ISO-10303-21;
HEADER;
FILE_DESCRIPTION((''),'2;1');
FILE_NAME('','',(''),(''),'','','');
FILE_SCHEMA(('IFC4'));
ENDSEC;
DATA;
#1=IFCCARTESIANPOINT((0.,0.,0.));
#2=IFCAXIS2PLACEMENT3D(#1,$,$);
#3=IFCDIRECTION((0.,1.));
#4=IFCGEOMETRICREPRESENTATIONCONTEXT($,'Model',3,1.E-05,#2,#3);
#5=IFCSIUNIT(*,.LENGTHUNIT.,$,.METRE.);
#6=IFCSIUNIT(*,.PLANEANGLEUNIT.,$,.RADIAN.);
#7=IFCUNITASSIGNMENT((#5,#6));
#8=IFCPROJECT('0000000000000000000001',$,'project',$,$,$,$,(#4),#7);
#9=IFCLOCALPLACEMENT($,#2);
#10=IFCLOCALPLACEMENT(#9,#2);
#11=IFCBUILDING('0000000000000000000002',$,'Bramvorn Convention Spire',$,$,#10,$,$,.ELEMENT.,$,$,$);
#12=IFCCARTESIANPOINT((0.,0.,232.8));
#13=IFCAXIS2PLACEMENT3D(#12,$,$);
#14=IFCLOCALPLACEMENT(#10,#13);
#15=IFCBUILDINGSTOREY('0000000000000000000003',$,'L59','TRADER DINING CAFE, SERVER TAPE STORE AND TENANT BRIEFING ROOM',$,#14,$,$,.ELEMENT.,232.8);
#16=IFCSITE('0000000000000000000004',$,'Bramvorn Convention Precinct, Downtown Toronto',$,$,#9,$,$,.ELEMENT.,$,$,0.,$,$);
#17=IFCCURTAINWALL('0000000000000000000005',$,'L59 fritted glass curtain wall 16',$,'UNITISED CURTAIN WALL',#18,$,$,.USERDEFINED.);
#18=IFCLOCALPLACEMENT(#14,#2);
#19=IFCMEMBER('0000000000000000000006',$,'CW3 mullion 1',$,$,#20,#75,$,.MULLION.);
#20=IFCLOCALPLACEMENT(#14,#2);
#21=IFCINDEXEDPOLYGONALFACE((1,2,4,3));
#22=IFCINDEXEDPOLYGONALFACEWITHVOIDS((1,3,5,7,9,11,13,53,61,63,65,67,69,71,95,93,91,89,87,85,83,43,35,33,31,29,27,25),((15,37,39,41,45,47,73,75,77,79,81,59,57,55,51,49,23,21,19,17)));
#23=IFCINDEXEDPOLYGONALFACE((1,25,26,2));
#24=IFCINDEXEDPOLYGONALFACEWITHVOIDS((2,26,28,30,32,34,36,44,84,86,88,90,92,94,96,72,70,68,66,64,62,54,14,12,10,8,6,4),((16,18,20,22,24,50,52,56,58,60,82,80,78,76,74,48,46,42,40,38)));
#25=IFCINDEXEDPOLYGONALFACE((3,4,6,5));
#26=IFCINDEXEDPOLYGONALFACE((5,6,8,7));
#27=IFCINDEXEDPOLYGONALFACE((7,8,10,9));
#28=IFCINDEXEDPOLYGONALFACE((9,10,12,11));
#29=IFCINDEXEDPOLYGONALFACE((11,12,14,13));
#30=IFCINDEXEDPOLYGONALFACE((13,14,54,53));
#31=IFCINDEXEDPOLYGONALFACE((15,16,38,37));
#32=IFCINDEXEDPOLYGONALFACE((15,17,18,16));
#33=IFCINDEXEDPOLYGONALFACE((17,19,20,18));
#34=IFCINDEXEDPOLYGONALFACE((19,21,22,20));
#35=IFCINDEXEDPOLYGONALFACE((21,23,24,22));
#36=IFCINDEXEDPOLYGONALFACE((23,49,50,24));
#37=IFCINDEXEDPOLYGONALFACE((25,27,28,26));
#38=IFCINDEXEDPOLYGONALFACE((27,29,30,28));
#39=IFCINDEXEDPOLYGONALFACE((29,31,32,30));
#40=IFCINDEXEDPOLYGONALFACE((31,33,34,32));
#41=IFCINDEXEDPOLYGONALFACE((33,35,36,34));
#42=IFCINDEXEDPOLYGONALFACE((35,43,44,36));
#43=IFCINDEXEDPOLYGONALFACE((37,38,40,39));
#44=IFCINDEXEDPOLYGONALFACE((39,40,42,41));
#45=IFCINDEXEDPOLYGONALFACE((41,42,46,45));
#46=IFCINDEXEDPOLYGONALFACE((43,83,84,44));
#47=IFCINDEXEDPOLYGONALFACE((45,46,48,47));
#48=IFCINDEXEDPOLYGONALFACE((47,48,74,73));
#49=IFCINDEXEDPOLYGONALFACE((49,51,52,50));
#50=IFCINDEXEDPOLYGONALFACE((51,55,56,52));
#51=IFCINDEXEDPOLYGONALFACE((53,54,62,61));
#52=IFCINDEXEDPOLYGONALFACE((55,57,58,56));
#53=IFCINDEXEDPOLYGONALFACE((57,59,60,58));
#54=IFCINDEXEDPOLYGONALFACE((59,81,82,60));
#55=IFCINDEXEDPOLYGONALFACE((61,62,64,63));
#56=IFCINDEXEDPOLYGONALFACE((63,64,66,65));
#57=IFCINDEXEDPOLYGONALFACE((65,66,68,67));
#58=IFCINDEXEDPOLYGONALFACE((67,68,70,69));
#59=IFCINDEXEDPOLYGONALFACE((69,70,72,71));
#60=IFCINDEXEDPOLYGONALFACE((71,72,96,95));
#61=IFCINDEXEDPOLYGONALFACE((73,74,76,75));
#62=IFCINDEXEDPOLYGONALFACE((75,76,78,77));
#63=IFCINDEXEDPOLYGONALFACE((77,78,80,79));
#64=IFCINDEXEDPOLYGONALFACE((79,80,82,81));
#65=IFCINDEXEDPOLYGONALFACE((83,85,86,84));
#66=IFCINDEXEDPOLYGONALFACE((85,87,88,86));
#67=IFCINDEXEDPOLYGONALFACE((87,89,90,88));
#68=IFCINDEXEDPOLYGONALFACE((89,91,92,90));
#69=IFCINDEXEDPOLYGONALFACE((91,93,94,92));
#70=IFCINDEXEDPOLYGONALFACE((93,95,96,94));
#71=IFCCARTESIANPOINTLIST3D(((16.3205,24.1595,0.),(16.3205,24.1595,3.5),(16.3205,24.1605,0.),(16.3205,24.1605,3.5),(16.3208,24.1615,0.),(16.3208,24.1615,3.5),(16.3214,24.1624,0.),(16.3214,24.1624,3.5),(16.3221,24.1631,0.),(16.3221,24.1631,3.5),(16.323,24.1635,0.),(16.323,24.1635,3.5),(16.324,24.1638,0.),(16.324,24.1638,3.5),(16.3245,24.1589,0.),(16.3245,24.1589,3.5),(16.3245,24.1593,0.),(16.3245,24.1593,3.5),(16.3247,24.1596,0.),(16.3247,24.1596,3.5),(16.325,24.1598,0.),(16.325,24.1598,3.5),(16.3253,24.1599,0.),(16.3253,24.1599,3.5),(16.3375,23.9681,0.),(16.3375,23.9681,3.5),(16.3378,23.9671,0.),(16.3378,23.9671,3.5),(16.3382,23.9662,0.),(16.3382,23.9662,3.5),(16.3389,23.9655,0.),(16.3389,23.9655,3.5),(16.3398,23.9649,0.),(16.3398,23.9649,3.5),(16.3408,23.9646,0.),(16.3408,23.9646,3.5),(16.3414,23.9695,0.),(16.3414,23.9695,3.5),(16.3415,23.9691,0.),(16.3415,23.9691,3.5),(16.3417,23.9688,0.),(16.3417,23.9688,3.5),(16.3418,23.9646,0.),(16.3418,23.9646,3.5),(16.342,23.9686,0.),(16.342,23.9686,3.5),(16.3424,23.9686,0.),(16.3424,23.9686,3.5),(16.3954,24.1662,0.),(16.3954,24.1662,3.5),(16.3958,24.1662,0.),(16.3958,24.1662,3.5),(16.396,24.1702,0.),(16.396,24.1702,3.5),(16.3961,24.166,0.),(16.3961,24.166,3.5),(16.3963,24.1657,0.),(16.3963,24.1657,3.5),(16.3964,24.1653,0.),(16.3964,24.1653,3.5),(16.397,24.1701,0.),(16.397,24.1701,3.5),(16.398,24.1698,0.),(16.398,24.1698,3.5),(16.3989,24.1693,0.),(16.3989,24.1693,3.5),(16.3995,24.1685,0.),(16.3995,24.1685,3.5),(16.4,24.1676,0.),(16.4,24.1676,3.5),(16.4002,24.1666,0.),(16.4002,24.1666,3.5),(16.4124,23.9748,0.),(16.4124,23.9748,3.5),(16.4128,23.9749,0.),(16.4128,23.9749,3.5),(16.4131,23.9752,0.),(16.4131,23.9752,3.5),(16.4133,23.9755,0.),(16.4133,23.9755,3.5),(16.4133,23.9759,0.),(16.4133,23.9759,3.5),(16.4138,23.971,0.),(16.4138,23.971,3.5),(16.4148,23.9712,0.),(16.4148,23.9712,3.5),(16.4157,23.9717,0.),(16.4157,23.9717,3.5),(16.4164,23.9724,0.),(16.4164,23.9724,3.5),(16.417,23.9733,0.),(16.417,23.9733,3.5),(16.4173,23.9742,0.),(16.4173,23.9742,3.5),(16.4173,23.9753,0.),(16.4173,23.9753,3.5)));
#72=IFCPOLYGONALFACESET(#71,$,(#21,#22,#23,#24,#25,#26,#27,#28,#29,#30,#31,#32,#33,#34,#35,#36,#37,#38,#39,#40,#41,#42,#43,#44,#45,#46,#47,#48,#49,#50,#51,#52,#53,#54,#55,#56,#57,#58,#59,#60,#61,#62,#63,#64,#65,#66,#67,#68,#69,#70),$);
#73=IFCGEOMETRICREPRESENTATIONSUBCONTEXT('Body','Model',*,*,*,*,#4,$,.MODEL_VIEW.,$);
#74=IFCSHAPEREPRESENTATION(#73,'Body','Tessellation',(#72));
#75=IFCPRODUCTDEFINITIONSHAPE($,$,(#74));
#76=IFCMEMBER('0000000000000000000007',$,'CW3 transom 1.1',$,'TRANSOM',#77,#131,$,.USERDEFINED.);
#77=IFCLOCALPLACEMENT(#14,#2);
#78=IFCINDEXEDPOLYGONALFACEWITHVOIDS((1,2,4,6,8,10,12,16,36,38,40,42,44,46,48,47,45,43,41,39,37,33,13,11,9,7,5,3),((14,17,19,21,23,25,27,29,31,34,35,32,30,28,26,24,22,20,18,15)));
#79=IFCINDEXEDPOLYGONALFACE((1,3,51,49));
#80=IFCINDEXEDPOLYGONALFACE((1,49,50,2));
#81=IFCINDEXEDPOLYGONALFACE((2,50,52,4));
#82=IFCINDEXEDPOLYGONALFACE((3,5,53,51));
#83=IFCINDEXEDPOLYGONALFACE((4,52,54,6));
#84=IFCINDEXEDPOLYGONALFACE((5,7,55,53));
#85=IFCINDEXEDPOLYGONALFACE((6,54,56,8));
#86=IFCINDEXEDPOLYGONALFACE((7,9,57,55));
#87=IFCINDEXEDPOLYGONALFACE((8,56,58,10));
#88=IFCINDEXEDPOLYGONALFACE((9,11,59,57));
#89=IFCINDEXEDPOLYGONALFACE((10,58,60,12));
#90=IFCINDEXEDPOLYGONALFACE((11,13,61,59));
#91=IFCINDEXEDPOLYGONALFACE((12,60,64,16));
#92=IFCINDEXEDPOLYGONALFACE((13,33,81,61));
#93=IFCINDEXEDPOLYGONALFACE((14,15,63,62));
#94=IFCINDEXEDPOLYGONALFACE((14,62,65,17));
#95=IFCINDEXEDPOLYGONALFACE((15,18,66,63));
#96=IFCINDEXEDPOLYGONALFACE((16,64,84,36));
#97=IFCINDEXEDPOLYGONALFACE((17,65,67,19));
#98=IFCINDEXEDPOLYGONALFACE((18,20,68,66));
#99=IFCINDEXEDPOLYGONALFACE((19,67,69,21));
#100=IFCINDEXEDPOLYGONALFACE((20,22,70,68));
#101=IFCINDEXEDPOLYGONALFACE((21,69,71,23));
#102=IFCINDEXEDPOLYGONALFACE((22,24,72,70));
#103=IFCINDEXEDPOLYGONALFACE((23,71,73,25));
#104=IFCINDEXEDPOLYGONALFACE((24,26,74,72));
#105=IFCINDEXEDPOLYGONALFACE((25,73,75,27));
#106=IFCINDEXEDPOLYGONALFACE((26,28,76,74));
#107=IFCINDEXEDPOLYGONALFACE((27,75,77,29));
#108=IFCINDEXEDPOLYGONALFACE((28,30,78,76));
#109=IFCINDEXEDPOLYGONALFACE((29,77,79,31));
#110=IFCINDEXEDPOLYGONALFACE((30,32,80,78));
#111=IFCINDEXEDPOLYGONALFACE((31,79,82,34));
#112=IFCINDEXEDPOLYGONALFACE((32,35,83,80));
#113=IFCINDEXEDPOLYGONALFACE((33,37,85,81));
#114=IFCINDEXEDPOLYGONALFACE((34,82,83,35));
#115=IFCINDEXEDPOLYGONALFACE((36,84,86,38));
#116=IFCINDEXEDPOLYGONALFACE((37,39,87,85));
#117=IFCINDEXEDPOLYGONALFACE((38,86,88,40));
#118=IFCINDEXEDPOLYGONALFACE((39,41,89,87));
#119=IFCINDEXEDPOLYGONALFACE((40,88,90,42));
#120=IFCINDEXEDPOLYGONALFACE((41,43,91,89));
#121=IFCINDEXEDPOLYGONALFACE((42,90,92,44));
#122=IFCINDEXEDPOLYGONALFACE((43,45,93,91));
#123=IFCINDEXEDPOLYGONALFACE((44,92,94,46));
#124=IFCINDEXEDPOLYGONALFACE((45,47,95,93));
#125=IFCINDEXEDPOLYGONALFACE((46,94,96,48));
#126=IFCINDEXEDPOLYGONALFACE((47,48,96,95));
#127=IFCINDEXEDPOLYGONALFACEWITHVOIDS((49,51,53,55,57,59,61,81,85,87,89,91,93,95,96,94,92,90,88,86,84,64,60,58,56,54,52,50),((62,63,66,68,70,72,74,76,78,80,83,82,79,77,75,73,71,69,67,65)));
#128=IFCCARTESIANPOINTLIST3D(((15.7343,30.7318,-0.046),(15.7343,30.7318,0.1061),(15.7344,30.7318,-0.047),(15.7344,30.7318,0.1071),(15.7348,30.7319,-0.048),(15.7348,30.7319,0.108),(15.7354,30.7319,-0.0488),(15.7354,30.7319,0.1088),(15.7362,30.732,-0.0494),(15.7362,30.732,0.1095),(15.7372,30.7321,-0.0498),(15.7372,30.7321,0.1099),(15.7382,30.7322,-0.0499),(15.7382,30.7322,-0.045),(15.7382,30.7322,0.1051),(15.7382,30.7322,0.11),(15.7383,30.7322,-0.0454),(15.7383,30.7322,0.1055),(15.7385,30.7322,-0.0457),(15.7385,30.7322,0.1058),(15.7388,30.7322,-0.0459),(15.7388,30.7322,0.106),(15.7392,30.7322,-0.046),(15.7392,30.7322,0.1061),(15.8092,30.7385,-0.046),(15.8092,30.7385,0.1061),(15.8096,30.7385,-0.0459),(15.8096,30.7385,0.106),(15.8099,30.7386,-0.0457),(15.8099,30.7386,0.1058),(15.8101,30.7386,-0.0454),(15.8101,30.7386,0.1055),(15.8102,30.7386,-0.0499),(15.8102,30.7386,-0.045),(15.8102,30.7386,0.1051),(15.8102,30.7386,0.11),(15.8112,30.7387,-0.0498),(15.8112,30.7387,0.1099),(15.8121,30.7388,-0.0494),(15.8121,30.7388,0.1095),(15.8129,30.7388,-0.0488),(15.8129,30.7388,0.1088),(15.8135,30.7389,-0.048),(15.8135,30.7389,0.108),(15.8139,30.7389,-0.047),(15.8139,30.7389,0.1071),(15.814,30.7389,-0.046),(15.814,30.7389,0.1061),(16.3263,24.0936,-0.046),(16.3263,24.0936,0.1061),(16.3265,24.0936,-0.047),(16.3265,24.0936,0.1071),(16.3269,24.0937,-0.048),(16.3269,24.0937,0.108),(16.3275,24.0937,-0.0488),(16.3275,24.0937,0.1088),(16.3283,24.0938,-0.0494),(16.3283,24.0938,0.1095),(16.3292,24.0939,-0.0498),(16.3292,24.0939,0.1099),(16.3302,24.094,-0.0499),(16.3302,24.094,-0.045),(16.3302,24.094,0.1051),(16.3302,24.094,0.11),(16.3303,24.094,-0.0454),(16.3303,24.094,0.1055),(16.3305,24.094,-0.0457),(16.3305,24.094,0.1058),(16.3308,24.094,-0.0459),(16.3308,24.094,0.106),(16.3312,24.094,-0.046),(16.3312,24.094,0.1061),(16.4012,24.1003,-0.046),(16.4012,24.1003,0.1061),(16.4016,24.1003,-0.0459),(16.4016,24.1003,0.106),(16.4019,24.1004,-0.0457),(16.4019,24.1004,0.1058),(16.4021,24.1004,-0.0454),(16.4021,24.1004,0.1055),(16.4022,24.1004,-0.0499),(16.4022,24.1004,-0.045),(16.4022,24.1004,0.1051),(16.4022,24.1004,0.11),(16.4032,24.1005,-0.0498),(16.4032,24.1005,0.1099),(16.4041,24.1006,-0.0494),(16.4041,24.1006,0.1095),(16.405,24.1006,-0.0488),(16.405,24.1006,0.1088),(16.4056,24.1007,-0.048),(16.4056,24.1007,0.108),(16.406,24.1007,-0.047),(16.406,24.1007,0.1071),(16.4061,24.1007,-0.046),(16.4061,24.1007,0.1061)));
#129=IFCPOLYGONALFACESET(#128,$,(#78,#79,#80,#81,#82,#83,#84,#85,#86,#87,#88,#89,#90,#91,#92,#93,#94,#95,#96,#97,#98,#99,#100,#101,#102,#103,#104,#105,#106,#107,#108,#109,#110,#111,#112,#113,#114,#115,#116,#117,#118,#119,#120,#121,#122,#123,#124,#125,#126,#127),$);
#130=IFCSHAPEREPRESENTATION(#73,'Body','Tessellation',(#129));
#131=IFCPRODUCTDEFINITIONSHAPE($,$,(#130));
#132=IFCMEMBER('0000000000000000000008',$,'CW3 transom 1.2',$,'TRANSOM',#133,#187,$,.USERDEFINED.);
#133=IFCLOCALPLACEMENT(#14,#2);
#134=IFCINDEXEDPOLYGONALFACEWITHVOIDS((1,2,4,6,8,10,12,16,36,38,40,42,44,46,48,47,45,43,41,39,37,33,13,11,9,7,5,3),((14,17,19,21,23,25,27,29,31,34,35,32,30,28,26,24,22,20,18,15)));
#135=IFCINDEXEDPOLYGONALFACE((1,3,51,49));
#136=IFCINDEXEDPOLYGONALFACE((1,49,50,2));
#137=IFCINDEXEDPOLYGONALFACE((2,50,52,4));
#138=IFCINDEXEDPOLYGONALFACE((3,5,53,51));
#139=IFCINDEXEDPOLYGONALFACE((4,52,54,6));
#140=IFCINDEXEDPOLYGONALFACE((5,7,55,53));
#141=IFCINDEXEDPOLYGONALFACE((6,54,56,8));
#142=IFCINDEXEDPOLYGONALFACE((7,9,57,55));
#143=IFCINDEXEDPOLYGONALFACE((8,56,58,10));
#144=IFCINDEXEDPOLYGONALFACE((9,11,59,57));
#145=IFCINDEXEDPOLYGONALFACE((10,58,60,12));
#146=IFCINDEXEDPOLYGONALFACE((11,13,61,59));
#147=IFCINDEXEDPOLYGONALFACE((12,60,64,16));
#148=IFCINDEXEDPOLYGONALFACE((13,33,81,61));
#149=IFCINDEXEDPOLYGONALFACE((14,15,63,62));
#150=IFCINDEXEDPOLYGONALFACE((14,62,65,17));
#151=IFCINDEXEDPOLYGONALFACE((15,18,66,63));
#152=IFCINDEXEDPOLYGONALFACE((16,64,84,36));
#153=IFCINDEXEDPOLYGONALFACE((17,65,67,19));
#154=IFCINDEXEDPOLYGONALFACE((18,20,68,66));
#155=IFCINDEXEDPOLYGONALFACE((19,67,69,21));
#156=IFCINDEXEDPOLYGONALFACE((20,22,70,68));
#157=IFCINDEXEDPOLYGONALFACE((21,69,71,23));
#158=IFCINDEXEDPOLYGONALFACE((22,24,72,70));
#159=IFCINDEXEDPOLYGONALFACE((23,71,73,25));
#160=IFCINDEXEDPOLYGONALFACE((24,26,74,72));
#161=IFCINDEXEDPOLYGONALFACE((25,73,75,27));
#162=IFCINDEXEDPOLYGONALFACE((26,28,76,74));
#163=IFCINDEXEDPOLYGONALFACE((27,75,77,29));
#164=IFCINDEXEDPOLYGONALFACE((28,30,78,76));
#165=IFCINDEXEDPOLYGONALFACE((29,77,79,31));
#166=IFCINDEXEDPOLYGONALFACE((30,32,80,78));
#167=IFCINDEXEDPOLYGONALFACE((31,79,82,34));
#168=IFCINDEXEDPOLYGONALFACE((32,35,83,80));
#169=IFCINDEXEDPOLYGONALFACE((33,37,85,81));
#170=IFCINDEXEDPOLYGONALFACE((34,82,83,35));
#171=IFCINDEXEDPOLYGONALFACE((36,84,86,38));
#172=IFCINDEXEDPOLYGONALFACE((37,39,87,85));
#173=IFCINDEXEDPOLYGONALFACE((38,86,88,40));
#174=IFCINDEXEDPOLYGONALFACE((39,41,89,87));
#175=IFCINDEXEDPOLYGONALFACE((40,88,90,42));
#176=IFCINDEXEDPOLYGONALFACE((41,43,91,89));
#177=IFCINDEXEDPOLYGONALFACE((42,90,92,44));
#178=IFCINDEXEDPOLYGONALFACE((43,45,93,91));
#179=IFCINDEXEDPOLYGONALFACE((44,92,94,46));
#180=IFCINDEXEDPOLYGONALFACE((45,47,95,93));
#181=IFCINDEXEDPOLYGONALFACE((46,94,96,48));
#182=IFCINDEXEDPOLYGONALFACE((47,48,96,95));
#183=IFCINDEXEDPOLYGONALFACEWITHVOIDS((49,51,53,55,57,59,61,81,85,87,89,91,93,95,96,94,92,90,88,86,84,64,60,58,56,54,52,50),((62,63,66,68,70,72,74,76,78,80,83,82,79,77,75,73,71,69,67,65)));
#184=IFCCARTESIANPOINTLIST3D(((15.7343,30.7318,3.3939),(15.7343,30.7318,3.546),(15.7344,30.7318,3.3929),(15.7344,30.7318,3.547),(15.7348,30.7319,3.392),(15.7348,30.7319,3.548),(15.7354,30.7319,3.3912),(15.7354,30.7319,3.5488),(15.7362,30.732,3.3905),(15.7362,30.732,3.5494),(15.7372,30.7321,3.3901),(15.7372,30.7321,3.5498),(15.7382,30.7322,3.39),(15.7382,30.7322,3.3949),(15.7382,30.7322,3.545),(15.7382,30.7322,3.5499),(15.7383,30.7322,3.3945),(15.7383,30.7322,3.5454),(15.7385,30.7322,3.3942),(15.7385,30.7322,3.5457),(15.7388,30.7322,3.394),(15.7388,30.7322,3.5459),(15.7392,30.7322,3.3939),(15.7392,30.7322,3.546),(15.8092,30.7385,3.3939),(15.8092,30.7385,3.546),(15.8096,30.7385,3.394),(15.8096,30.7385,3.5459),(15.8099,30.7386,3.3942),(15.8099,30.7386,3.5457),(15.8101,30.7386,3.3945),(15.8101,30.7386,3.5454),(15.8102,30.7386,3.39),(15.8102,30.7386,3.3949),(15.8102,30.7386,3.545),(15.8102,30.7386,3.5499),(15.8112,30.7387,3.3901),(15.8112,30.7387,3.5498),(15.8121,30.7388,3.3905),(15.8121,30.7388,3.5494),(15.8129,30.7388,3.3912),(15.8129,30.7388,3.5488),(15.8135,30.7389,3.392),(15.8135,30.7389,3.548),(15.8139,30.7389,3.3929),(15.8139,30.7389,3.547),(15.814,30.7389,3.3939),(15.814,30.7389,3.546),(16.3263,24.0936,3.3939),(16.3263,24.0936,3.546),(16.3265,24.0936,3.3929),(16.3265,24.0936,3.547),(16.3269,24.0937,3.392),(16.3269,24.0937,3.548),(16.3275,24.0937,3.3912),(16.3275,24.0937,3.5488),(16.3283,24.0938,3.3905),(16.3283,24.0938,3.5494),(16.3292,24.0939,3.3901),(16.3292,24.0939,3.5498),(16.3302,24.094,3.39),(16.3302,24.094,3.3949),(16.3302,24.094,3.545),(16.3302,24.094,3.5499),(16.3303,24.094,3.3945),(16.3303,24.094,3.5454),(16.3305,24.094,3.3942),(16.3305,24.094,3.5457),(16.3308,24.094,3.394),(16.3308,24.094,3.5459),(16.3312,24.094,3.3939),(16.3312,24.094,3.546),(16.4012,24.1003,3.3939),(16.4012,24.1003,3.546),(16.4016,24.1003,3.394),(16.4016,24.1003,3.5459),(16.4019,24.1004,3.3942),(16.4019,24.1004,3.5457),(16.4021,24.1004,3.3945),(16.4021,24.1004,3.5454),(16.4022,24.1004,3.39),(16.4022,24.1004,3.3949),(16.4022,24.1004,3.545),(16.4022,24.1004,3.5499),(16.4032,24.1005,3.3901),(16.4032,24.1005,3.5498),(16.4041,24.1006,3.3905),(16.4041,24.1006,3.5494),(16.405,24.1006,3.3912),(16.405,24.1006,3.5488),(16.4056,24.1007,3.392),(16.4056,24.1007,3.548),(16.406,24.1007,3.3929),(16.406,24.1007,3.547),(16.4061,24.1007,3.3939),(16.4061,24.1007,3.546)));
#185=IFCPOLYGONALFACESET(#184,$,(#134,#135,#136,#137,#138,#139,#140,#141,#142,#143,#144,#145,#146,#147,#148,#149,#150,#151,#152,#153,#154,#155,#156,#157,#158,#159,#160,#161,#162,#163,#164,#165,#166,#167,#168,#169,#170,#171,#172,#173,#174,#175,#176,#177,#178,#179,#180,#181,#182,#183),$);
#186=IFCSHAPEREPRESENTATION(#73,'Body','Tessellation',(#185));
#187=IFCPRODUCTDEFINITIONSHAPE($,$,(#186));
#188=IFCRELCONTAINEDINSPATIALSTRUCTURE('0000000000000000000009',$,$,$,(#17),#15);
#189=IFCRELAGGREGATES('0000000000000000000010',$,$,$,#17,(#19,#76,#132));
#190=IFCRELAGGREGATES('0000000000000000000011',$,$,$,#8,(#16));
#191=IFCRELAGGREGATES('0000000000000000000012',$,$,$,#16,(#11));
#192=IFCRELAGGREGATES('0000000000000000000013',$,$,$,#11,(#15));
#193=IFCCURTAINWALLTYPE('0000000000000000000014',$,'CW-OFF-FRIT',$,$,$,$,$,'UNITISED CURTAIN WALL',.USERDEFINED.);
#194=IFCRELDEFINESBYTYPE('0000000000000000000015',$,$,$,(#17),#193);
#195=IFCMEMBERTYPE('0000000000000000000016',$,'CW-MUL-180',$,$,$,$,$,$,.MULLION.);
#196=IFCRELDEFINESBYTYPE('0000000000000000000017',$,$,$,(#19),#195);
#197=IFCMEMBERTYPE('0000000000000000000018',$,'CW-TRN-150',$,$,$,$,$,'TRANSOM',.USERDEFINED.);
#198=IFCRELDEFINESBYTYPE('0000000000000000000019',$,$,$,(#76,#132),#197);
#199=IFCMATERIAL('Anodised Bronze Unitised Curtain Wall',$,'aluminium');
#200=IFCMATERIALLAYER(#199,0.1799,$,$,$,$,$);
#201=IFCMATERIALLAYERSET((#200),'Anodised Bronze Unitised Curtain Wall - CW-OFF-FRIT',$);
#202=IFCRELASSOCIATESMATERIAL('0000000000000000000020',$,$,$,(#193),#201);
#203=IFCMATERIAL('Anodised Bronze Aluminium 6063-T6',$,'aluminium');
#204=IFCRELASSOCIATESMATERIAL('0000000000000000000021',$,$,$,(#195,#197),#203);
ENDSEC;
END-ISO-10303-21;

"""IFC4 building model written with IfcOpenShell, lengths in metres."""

from ifc_helpers import new_model, si_unit, direction, frame, origin, origin_2d, place, context, subcontext, project, spatial, hollow_rectangle, extrude, material, layer, layer_set, material_profile, profile_set, type_object, element, aggregate, save


model = new_model("IFC4")

# Units and contexts
model_context = context("Model", 3, precision=1e-05, world=origin(), true_north=direction((0.0, 1.0)))
body_context = subcontext(model_context, "Body", "Model", "MODEL_VIEW")
ifc_project = project(units=[si_unit("LENGTHUNIT", "METRE"), si_unit("PLANEANGLEUNIT", "RADIAN")], contexts=[model_context])

# Site, building, storey
site_placement = place(None, origin())
site = spatial("IfcSite", under=ifc_project, at=site_placement, Name="Bramvorn Convention Precinct, Downtown Toronto", CompositionType="ELEMENT", RefElevation=0.0)
building_placement = place(site_placement, origin())
building = spatial("IfcBuilding", under=site, at=building_placement, Name="Bramvorn Convention Spire", CompositionType="ELEMENT")
storey_placement = place(building_placement, frame((0.0, 0.0, 232.8)))
storey = spatial("IfcBuildingStorey", under=building, at=storey_placement, Name="L59", Description="TRADER DINING CAFE, SERVER TAPE STORE AND TENANT BRIEFING ROOM", CompositionType="ELEMENT", Elevation=232.8)

# Curtain wall, members
ifc_material_1 = material(Name="Anodised Bronze Unitised Curtain Wall", Category="aluminium")
ifc_layer_1 = layer(ifc_material_1, 0.1799)
ifc_layer_set_1 = layer_set([ifc_layer_1], Name="Anodised Bronze Unitised Curtain Wall - CW-OFF-FRIT")
curtain_wall_type = type_object("IfcCurtainWallType", Name="CW-OFF-FRIT", ElementType="UNITISED CURTAIN WALL", PredefinedType="USERDEFINED", material=ifc_layer_set_1)
curtain_wall_placement = place(storey_placement, origin())
curtain_wall = element("IfcCurtainWall", 1, at=curtain_wall_placement, inside=storey, type_object=curtain_wall_type, Name="L59 fritted glass curtain wall 16", ObjectType="UNITISED CURTAIN WALL", PredefinedType="USERDEFINED")
ifc_material_2 = material(Name="Anodised Bronze Aluminium 6063-T6", Category="aluminium")
ifc_material_profile_1 = material_profile(ifc_material_2, hollow_rectangle(XDim=0.0801, YDim=0.2, WallThickness=0.0039, InnerFilletRadius=0.001, OuterFilletRadius=0.0039, at=origin_2d()))
ifc_profile_set_1 = profile_set([ifc_material_profile_1], Name="Anodised Bronze Aluminium 6063-T6 - CWM80X200")
member_type_1 = type_object("IfcMemberType", Name="CW-MUL-180", PredefinedType="MULLION", material=ifc_profile_set_1)
member_1_placement = place(storey_placement, frame((16.3689, 24.0674, 0.0), z_axis=(0.0, 0.0, 1.0), x_axis=(-0.996046, -0.088835, 0.0)))
member_1 = element("IfcMember", 2, at=member_1_placement, type_object=member_type_1, Name="CW3 mullion 1", PredefinedType="MULLION", context=body_context, shape_type="SweptSolid", body=[
    extrude(hollow_rectangle(XDim=0.0801, YDim=0.2, WallThickness=0.0039, InnerFilletRadius=0.001, OuterFilletRadius=0.0039, at=origin_2d()), origin(), (0.0, 0.0, 1.0), 3.5),
])
ifc_material_profile_2 = material_profile(ifc_material_2, hollow_rectangle(XDim=0.0801, YDim=0.1599, WallThickness=0.0039, InnerFilletRadius=0.001, OuterFilletRadius=0.0039, at=origin_2d()))
ifc_profile_set_2 = profile_set([ifc_material_profile_2], Name="Anodised Bronze Aluminium 6063-T6 - CWT80X160")
member_type_2 = type_object("IfcMemberType", Name="CW-TRN-150", ElementType="TRANSOM", PredefinedType="USERDEFINED", material=ifc_profile_set_2)
member_2_placement = place(storey_placement, frame((16.3662, 24.0972, 0.03), z_axis=(-0.088835, 0.996046, 0.0), x_axis=(-0.996046, -0.088835, 0.0)))
member_2 = element("IfcMember", 3, at=member_2_placement, type_object=member_type_2, Name="CW3 transom 1.1", ObjectType="TRANSOM", PredefinedType="USERDEFINED", context=body_context, shape_type="SweptSolid", body=[
    extrude(hollow_rectangle(XDim=0.0801, YDim=0.1599, WallThickness=0.0039, InnerFilletRadius=0.001, OuterFilletRadius=0.0039, at=origin_2d()), origin(), (0.0, 0.0, 1.0), 6.6646),
])
member_3_placement = place(storey_placement, frame((16.3662, 24.0972, 3.47), z_axis=(-0.088835, 0.996046, 0.0), x_axis=(-0.996046, -0.088835, 0.0)))
member_3 = element("IfcMember", 4, at=member_3_placement, type_object=member_type_2, Name="CW3 transom 1.2", ObjectType="TRANSOM", PredefinedType="USERDEFINED", context=body_context, shape_type="SweptSolid", body=[
    extrude(hollow_rectangle(XDim=0.0801, YDim=0.1599, WallThickness=0.0039, InnerFilletRadius=0.001, OuterFilletRadius=0.0039, at=origin_2d()), origin(), (0.0, 0.0, 1.0), 6.6646),
])
aggregate(curtain_wall, [member_1, member_2, member_3])

save(model, "model.ifc")
